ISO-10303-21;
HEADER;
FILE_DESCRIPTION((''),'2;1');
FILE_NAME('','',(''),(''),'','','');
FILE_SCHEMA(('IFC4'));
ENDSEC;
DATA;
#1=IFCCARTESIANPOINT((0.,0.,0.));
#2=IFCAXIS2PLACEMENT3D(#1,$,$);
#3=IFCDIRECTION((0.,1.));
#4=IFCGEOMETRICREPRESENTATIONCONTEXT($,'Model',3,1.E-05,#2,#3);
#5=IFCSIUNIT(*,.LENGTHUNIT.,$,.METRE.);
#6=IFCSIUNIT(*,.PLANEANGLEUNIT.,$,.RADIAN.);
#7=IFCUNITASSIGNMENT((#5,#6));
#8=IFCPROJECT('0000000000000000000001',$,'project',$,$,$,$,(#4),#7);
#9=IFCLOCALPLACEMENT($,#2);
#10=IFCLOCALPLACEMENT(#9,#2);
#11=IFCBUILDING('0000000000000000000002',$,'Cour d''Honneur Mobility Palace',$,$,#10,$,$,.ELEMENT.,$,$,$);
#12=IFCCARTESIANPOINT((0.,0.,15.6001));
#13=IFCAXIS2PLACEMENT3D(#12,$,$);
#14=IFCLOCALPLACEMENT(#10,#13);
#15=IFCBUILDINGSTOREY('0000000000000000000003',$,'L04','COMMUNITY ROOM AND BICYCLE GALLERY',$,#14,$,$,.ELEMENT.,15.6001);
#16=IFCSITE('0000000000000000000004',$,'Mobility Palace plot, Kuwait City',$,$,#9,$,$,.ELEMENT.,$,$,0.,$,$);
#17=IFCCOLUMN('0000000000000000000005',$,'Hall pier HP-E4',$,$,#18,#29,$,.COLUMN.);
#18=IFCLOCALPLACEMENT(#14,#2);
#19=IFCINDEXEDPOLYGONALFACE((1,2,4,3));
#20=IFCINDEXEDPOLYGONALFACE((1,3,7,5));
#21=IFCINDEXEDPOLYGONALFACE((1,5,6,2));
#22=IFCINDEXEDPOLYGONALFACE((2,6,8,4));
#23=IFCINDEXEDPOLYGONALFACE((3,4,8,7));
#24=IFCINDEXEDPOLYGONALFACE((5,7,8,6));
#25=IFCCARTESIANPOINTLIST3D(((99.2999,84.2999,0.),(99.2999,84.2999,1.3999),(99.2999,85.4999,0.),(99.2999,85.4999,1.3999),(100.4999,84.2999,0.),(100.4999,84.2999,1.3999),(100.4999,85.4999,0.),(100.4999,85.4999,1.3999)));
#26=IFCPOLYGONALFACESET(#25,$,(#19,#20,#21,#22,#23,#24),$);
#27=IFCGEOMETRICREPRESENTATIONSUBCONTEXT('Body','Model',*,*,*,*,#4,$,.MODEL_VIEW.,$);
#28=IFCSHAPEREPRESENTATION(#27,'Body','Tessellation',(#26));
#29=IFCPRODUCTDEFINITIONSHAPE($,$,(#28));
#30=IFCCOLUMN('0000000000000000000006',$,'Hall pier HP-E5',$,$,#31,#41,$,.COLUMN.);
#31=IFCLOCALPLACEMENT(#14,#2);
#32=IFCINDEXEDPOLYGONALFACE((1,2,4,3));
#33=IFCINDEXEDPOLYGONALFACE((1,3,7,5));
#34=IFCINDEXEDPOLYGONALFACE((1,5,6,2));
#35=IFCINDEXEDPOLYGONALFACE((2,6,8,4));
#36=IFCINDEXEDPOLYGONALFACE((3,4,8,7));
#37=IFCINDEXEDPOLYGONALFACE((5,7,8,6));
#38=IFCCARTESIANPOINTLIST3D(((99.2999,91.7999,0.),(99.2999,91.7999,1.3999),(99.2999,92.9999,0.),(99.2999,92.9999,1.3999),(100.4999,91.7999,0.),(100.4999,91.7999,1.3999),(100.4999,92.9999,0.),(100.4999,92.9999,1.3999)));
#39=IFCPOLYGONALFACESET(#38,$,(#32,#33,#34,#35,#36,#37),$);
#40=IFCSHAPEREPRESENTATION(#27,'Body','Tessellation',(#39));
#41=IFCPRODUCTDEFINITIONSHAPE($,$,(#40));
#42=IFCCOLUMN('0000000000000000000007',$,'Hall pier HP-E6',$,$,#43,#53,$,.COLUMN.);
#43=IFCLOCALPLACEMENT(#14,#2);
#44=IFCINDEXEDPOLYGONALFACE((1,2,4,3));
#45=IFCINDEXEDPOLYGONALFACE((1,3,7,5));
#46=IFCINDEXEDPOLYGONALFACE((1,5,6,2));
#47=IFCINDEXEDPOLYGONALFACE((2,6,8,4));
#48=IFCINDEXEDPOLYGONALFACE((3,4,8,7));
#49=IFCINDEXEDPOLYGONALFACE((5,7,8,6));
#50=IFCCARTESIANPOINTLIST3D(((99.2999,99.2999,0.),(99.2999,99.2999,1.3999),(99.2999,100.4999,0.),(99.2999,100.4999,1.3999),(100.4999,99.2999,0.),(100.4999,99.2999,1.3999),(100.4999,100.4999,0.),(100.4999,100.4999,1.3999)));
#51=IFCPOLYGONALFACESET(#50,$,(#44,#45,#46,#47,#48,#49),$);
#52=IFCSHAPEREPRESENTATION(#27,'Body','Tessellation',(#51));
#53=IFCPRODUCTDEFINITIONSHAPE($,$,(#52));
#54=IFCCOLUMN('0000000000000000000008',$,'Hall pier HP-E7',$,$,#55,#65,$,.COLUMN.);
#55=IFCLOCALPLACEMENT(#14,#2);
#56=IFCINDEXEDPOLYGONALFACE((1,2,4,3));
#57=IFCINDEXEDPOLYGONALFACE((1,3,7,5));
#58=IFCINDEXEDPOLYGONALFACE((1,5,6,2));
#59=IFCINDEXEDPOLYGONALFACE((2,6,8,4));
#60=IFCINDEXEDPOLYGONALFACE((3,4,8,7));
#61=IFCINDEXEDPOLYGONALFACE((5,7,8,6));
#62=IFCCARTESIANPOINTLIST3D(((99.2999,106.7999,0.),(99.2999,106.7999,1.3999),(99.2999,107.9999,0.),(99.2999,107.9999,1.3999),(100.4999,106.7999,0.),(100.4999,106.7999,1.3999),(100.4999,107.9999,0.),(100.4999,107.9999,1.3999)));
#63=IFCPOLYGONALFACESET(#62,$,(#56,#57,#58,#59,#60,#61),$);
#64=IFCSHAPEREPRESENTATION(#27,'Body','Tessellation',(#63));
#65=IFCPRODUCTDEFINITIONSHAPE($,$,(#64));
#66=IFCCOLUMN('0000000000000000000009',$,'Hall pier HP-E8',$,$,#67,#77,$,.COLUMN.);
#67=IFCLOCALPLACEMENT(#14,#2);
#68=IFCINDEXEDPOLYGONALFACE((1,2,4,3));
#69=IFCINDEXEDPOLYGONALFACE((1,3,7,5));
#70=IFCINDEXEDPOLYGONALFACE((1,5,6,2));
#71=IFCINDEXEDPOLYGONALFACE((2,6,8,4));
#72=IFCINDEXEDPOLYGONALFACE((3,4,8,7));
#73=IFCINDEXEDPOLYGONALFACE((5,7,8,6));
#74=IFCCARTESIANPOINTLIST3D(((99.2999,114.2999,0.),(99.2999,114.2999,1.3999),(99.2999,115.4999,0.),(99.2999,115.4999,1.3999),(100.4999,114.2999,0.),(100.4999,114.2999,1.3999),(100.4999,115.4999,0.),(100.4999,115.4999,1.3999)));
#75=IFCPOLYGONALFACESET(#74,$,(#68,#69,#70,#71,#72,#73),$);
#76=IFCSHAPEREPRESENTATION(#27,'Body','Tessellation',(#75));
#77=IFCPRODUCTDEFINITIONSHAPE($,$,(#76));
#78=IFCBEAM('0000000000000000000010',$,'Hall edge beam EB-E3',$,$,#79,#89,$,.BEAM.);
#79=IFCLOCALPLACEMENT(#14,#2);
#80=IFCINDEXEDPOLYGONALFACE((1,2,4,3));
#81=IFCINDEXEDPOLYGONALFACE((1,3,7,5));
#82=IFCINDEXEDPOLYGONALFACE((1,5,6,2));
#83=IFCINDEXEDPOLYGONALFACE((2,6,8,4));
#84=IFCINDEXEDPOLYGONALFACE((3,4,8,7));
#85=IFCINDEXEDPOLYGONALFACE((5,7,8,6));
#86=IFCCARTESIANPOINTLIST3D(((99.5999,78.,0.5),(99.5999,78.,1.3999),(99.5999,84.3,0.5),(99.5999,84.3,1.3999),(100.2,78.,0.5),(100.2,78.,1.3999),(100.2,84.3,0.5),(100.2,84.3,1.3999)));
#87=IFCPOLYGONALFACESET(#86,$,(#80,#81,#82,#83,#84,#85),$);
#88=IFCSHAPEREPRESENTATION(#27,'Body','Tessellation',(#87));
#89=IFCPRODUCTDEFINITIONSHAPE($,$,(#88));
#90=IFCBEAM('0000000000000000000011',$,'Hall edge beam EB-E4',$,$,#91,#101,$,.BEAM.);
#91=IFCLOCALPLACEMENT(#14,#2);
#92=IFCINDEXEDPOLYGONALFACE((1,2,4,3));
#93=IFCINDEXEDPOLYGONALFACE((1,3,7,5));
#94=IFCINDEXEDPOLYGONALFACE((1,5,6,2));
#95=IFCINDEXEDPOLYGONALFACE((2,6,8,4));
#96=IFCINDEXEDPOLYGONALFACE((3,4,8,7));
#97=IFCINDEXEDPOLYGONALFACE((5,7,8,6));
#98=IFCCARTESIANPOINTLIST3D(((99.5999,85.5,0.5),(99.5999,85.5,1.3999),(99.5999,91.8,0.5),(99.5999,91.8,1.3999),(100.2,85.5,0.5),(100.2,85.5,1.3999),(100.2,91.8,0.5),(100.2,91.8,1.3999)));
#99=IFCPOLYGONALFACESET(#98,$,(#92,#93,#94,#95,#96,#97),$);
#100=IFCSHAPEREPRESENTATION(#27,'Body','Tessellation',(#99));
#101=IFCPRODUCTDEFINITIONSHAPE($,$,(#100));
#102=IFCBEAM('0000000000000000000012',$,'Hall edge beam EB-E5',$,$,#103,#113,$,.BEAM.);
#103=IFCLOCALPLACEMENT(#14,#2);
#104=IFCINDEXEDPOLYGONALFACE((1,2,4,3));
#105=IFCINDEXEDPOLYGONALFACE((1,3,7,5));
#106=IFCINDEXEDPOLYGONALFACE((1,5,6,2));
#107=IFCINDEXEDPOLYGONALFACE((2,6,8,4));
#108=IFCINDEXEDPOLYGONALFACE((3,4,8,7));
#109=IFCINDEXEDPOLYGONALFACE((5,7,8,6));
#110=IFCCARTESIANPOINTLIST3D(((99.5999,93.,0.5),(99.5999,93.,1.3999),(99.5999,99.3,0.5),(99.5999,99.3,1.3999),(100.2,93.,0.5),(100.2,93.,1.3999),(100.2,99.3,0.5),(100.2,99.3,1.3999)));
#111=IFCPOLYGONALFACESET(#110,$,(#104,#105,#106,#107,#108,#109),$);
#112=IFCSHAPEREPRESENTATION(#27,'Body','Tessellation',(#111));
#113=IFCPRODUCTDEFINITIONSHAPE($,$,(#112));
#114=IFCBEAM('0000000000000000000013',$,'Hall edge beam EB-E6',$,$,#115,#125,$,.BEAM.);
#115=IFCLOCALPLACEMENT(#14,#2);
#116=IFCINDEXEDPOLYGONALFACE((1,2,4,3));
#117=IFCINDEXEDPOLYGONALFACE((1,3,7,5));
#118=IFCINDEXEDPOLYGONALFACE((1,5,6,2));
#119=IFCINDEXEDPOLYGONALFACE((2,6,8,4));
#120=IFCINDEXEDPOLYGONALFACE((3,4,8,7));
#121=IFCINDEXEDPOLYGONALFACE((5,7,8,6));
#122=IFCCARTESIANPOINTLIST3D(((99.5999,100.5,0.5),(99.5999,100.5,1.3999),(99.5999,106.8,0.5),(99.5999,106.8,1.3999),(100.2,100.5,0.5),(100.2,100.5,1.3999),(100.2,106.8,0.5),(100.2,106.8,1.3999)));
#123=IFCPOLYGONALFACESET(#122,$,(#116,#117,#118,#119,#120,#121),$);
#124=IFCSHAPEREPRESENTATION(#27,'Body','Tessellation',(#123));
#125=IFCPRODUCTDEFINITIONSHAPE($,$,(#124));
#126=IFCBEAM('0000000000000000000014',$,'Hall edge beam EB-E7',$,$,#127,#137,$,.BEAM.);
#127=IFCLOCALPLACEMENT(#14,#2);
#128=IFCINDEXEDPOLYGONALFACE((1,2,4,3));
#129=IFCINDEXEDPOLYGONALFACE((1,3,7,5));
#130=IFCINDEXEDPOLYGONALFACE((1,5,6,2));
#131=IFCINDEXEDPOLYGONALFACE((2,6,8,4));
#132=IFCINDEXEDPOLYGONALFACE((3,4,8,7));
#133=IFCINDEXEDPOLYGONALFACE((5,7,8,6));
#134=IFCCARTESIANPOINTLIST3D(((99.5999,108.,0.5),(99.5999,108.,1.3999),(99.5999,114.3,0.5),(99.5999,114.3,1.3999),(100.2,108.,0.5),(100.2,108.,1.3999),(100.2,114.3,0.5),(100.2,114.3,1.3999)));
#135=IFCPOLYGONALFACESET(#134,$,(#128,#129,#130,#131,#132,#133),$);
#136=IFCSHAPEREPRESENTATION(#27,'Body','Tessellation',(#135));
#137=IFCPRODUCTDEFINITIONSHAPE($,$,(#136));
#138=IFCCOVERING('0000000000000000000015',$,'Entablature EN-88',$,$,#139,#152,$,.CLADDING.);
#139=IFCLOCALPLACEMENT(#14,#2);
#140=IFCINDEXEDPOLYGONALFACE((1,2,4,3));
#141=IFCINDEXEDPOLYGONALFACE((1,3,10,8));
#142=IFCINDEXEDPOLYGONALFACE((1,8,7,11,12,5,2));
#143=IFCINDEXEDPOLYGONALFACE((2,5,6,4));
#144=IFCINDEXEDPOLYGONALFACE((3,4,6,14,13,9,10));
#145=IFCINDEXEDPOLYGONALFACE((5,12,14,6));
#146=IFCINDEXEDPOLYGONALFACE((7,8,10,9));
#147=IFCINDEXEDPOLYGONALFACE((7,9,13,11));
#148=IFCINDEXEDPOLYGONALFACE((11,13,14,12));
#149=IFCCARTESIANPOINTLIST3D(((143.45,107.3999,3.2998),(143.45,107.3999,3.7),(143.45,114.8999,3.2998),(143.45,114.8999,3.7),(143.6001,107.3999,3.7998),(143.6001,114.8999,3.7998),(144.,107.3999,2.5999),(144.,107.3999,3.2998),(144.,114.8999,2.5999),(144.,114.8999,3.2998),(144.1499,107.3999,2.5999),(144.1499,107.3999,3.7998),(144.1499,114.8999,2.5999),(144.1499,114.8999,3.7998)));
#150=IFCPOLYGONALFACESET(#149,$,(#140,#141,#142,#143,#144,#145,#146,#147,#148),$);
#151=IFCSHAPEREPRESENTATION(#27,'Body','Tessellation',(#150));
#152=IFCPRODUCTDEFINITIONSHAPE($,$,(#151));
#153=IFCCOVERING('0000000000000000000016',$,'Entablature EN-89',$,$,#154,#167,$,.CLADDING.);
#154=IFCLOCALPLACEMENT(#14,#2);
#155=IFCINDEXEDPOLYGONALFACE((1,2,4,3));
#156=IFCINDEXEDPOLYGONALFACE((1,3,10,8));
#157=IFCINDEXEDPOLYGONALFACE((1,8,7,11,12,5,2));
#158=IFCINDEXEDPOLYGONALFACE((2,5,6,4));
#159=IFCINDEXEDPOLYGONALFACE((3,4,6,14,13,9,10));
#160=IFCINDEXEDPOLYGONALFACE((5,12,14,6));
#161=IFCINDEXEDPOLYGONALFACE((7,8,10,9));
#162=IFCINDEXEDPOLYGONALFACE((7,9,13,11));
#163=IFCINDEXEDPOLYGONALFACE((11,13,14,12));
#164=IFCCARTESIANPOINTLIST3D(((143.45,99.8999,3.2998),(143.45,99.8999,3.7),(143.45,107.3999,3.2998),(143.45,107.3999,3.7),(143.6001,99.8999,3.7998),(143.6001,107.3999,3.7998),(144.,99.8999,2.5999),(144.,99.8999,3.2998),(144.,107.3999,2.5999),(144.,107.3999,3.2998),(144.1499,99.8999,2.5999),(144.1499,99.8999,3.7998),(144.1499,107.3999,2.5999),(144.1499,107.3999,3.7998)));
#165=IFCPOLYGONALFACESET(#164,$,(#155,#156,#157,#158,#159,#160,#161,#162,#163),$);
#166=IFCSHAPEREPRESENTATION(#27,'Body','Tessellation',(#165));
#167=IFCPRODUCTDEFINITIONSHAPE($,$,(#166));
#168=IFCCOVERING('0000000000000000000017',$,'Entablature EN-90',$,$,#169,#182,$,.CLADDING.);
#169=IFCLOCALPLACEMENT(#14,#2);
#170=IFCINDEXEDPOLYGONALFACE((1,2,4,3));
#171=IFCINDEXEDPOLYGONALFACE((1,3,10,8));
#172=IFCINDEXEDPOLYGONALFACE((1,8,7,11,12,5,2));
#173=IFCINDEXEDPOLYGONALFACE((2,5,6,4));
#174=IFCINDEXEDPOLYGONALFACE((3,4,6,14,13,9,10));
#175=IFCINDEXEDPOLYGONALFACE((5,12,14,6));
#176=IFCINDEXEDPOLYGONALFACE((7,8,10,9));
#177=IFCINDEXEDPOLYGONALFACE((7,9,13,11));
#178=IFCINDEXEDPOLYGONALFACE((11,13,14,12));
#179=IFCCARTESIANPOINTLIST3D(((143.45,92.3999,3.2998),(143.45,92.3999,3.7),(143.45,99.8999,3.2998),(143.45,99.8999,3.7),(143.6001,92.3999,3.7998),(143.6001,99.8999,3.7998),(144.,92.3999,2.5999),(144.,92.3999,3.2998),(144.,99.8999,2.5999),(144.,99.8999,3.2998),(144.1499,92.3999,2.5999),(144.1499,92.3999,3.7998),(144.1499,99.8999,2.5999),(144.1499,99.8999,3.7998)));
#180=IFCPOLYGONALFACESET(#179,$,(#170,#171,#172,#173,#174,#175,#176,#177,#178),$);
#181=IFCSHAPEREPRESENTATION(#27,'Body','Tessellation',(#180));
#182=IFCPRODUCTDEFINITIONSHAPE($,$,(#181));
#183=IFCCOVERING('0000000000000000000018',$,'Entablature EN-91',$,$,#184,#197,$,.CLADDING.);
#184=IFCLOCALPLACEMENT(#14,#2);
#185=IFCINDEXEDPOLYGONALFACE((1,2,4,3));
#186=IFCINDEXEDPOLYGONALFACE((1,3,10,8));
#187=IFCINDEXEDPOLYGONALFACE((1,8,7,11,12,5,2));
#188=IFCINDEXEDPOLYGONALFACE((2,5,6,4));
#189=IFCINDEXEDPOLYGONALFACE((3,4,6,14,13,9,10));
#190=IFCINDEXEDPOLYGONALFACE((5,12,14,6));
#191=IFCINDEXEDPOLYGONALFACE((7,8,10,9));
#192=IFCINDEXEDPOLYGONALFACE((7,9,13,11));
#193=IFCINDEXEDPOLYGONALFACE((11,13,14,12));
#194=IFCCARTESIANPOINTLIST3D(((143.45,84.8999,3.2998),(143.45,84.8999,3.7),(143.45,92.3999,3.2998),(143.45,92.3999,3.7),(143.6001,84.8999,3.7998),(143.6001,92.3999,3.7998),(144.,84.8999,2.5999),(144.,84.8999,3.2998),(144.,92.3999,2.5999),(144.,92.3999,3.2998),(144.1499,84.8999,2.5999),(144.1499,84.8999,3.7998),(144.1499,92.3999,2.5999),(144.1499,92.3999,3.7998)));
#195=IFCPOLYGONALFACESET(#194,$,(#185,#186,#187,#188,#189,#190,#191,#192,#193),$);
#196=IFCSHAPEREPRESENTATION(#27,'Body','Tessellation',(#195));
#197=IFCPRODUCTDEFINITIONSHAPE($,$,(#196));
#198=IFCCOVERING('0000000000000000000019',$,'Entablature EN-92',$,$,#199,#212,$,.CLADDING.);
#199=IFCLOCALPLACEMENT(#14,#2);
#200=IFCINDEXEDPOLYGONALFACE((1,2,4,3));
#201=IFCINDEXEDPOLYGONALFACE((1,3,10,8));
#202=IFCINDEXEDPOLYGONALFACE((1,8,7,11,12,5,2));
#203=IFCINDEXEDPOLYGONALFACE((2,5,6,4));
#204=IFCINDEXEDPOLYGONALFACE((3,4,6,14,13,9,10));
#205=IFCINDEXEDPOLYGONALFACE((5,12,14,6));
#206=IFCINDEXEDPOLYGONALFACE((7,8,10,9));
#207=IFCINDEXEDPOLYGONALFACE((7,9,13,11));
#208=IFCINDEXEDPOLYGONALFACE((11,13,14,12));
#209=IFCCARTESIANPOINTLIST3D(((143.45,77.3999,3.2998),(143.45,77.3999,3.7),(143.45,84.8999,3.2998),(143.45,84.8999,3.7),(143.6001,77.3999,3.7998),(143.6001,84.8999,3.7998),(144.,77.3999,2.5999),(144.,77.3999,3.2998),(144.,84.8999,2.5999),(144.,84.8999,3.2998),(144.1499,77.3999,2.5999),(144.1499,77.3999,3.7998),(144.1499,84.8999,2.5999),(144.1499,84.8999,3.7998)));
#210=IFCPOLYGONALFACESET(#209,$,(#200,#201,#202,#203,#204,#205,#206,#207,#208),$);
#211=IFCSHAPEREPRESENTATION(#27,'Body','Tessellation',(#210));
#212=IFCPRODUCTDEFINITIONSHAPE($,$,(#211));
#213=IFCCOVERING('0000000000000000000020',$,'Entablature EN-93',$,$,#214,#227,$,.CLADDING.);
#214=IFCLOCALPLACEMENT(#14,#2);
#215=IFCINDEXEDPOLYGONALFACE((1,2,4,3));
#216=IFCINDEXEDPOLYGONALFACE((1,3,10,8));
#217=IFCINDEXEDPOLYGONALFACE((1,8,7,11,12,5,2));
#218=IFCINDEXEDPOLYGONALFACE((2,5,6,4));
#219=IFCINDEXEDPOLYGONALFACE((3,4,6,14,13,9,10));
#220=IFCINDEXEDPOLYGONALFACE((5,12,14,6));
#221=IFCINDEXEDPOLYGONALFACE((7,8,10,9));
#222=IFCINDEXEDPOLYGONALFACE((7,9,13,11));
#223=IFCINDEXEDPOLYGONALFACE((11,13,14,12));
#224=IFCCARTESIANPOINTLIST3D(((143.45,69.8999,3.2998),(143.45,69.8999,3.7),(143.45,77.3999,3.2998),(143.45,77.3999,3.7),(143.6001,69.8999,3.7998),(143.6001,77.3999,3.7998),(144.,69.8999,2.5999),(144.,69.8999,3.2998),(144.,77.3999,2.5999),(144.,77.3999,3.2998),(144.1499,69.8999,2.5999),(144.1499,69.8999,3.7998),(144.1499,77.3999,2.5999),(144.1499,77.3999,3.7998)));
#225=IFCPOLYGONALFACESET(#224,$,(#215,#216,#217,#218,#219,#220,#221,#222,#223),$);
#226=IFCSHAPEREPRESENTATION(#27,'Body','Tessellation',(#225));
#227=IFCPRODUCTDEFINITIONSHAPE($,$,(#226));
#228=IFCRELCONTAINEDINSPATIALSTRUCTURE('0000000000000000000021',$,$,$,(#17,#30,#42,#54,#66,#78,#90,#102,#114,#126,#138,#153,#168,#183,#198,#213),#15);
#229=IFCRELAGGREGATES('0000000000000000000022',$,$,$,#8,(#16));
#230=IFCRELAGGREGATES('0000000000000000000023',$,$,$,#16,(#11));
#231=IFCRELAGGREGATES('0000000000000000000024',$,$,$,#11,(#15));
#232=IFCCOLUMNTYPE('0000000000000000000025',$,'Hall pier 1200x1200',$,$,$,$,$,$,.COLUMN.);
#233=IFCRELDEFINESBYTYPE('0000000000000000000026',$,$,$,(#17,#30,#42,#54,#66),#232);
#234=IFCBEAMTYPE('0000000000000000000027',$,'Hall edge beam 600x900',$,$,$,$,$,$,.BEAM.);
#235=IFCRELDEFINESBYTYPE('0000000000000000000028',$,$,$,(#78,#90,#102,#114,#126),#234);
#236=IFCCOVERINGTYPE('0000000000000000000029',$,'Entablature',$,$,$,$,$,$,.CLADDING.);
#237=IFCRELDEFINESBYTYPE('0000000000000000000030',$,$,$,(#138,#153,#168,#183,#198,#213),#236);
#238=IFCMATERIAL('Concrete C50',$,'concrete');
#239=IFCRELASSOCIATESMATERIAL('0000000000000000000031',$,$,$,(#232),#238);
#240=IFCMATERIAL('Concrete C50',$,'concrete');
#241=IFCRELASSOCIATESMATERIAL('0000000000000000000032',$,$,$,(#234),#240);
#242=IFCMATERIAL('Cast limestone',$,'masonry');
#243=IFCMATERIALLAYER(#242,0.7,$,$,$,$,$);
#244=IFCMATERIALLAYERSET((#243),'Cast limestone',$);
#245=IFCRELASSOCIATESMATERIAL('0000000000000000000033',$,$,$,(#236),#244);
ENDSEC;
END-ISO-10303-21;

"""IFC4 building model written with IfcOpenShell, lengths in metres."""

from ifc_helpers import new_model, si_unit, direction, frame, origin, origin_2d, place, context, subcontext, project, spatial, polyline, rectangle, outline, extrude, material, layer, layer_set, material_profile, profile_set, type_object, element, save


model = new_model("IFC4")

# Units and contexts
model_context = context("Model", 3, precision=1e-05, world=origin(), true_north=direction((0.0, 1.0)))
body_context = subcontext(model_context, "Body", "Model", "MODEL_VIEW")
ifc_project = project(units=[si_unit("LENGTHUNIT", "METRE"), si_unit("PLANEANGLEUNIT", "RADIAN")], contexts=[model_context])

# Site, building, storey
site_placement = place(None, origin())
site = spatial("IfcSite", under=ifc_project, at=site_placement, Name="Mobility Palace plot, Kuwait City", CompositionType="ELEMENT", RefElevation=0.0)
building_placement = place(site_placement, origin())
building = spatial("IfcBuilding", under=site, at=building_placement, Name="Cour d'Honneur Mobility Palace", CompositionType="ELEMENT")
storey_placement = place(building_placement, frame((0.0, 0.0, 15.6001)))
storey = spatial("IfcBuildingStorey", under=building, at=storey_placement, Name="L04", Description="COMMUNITY ROOM AND BICYCLE GALLERY", CompositionType="ELEMENT", Elevation=15.6001)

# Columns
ifc_material_1 = material(Name="Concrete C50", Category="concrete")
ifc_material_profile_1 = material_profile(ifc_material_1, rectangle(XDim=1.2, YDim=1.2, at=origin_2d()), Name="Hall pier 1200x1200")
ifc_profile_set_1 = profile_set([ifc_material_profile_1], Name="Concrete C50")
column_type = type_object("IfcColumnType", Name="Hall pier 1200x1200", PredefinedType="COLUMN", material=ifc_profile_set_1)
for number, where, z_axis, x_axis, name in (
    (1, (99.8999, 84.8999, 0.0), (0.0, 0.0, 1.0), (1.0, 0.0, 0.0), "Hall pier HP-E4"),
    (2, (99.8999, 92.3999, 0.0), (0.0, 0.0, 1.0), (1.0, 0.0, 0.0), "Hall pier HP-E5"),
    (3, (99.8999, 99.8999, 0.0), (0.0, 0.0, 1.0), (1.0, 0.0, 0.0), "Hall pier HP-E6"),
    (4, (99.8999, 107.3999, 0.0), (0.0, 0.0, 1.0), (1.0, 0.0, 0.0), "Hall pier HP-E7"),
    (5, (99.8999, 114.8999, 0.0), (0.0, 0.0, 1.0), (1.0, 0.0, 0.0), "Hall pier HP-E8"),
):
    element("IfcColumn", number, at=place(storey_placement, frame(where, z_axis=z_axis, x_axis=x_axis)), inside=storey, type_object=column_type, Name=name, PredefinedType="COLUMN", context=body_context, shape_type="SweptSolid", body=[
        extrude(rectangle(XDim=1.2, YDim=1.2, at=origin_2d()), origin(), (0.0, 0.0, 1.0), 1.3999),
    ])

# Beams
ifc_material_2 = material(Name="Concrete C50", Category="concrete")
ifc_material_profile_2 = material_profile(ifc_material_2, rectangle(XDim=0.6001, YDim=0.8999, at=origin_2d()), Name="Hall edge beam 600x900")
ifc_profile_set_2 = profile_set([ifc_material_profile_2], Name="Concrete C50")
beam_type = type_object("IfcBeamType", Name="Hall edge beam 600x900", PredefinedType="BEAM", material=ifc_profile_set_2)
for number, where, z_axis, x_axis, name in (
    (6, (99.8999, 78.0, 0.95), (0.0, 1.0, 0.0), (-1.0, 0.0, 0.0), "Hall edge beam EB-E3"),
    (7, (99.8999, 85.5, 0.95), (0.0, 1.0, 0.0), (-1.0, 0.0, 0.0), "Hall edge beam EB-E4"),
    (8, (99.8999, 93.0, 0.95), (0.0, 1.0, 0.0), (-1.0, 0.0, 0.0), "Hall edge beam EB-E5"),
    (9, (99.8999, 100.5, 0.95), (0.0, 1.0, 0.0), (-1.0, 0.0, 0.0), "Hall edge beam EB-E6"),
    (10, (99.8999, 108.0, 0.95), (0.0, 1.0, 0.0), (-1.0, 0.0, 0.0), "Hall edge beam EB-E7"),
):
    element("IfcBeam", number, at=place(storey_placement, frame(where, z_axis=z_axis, x_axis=x_axis)), inside=storey, type_object=beam_type, Name=name, PredefinedType="BEAM", context=body_context, shape_type="SweptSolid", body=[
        extrude(rectangle(XDim=0.6001, YDim=0.8999, at=origin_2d()), origin(), (0.0, 0.0, 1.0), 6.3),
    ])

# Coverings
ifc_material_3 = material(Name="Cast limestone", Category="masonry")
ifc_layer_1 = layer(ifc_material_3, 0.7)
ifc_layer_set_1 = layer_set([ifc_layer_1], Name="Cast limestone")
covering_type_1 = type_object("IfcCoveringType", Name="Entablature", PredefinedType="CLADDING", material=ifc_layer_set_1)
for number, where, z_axis, x_axis, name in (
    (11, (144.1499, 114.8999, 2.5999), (0.0, 1.0, 0.0), (-1.0, 0.0, 0.0), "Entablature EN-88"),
    (12, (144.1499, 107.3999, 2.5999), (0.0, 1.0, 0.0), (-1.0, 0.0, 0.0), "Entablature EN-89"),
    (13, (144.1499, 99.8999, 2.5999), (0.0, 1.0, 0.0), (-1.0, 0.0, 0.0), "Entablature EN-90"),
    (14, (144.1499, 92.3999, 2.5999), (0.0, 1.0, 0.0), (-1.0, 0.0, 0.0), "Entablature EN-91"),
    (15, (144.1499, 84.8999, 2.5999), (0.0, 1.0, 0.0), (-1.0, 0.0, 0.0), "Entablature EN-92"),
    (16, (144.1499, 77.3999, 2.5999), (0.0, 1.0, 0.0), (-1.0, 0.0, 0.0), "Entablature EN-93"),
):
    element("IfcCovering", number, at=place(storey_placement, frame(where, z_axis=z_axis, x_axis=x_axis)), inside=storey, type_object=covering_type_1, Name=name, PredefinedType="CLADDING", context=body_context, shape_type="SweptSolid", body=[
        extrude(outline(polyline([(0.0, 0.0), (0.1499, 0.0), (0.1499, 0.7), (0.7, 0.7), (0.7, 1.1001), (0.5498, 1.2), (0.0, 1.2), (0.0, 0.0)])), origin(), (0.0, 0.0, -1.0), 7.5),
    ])

save(model, "model.ifc")
